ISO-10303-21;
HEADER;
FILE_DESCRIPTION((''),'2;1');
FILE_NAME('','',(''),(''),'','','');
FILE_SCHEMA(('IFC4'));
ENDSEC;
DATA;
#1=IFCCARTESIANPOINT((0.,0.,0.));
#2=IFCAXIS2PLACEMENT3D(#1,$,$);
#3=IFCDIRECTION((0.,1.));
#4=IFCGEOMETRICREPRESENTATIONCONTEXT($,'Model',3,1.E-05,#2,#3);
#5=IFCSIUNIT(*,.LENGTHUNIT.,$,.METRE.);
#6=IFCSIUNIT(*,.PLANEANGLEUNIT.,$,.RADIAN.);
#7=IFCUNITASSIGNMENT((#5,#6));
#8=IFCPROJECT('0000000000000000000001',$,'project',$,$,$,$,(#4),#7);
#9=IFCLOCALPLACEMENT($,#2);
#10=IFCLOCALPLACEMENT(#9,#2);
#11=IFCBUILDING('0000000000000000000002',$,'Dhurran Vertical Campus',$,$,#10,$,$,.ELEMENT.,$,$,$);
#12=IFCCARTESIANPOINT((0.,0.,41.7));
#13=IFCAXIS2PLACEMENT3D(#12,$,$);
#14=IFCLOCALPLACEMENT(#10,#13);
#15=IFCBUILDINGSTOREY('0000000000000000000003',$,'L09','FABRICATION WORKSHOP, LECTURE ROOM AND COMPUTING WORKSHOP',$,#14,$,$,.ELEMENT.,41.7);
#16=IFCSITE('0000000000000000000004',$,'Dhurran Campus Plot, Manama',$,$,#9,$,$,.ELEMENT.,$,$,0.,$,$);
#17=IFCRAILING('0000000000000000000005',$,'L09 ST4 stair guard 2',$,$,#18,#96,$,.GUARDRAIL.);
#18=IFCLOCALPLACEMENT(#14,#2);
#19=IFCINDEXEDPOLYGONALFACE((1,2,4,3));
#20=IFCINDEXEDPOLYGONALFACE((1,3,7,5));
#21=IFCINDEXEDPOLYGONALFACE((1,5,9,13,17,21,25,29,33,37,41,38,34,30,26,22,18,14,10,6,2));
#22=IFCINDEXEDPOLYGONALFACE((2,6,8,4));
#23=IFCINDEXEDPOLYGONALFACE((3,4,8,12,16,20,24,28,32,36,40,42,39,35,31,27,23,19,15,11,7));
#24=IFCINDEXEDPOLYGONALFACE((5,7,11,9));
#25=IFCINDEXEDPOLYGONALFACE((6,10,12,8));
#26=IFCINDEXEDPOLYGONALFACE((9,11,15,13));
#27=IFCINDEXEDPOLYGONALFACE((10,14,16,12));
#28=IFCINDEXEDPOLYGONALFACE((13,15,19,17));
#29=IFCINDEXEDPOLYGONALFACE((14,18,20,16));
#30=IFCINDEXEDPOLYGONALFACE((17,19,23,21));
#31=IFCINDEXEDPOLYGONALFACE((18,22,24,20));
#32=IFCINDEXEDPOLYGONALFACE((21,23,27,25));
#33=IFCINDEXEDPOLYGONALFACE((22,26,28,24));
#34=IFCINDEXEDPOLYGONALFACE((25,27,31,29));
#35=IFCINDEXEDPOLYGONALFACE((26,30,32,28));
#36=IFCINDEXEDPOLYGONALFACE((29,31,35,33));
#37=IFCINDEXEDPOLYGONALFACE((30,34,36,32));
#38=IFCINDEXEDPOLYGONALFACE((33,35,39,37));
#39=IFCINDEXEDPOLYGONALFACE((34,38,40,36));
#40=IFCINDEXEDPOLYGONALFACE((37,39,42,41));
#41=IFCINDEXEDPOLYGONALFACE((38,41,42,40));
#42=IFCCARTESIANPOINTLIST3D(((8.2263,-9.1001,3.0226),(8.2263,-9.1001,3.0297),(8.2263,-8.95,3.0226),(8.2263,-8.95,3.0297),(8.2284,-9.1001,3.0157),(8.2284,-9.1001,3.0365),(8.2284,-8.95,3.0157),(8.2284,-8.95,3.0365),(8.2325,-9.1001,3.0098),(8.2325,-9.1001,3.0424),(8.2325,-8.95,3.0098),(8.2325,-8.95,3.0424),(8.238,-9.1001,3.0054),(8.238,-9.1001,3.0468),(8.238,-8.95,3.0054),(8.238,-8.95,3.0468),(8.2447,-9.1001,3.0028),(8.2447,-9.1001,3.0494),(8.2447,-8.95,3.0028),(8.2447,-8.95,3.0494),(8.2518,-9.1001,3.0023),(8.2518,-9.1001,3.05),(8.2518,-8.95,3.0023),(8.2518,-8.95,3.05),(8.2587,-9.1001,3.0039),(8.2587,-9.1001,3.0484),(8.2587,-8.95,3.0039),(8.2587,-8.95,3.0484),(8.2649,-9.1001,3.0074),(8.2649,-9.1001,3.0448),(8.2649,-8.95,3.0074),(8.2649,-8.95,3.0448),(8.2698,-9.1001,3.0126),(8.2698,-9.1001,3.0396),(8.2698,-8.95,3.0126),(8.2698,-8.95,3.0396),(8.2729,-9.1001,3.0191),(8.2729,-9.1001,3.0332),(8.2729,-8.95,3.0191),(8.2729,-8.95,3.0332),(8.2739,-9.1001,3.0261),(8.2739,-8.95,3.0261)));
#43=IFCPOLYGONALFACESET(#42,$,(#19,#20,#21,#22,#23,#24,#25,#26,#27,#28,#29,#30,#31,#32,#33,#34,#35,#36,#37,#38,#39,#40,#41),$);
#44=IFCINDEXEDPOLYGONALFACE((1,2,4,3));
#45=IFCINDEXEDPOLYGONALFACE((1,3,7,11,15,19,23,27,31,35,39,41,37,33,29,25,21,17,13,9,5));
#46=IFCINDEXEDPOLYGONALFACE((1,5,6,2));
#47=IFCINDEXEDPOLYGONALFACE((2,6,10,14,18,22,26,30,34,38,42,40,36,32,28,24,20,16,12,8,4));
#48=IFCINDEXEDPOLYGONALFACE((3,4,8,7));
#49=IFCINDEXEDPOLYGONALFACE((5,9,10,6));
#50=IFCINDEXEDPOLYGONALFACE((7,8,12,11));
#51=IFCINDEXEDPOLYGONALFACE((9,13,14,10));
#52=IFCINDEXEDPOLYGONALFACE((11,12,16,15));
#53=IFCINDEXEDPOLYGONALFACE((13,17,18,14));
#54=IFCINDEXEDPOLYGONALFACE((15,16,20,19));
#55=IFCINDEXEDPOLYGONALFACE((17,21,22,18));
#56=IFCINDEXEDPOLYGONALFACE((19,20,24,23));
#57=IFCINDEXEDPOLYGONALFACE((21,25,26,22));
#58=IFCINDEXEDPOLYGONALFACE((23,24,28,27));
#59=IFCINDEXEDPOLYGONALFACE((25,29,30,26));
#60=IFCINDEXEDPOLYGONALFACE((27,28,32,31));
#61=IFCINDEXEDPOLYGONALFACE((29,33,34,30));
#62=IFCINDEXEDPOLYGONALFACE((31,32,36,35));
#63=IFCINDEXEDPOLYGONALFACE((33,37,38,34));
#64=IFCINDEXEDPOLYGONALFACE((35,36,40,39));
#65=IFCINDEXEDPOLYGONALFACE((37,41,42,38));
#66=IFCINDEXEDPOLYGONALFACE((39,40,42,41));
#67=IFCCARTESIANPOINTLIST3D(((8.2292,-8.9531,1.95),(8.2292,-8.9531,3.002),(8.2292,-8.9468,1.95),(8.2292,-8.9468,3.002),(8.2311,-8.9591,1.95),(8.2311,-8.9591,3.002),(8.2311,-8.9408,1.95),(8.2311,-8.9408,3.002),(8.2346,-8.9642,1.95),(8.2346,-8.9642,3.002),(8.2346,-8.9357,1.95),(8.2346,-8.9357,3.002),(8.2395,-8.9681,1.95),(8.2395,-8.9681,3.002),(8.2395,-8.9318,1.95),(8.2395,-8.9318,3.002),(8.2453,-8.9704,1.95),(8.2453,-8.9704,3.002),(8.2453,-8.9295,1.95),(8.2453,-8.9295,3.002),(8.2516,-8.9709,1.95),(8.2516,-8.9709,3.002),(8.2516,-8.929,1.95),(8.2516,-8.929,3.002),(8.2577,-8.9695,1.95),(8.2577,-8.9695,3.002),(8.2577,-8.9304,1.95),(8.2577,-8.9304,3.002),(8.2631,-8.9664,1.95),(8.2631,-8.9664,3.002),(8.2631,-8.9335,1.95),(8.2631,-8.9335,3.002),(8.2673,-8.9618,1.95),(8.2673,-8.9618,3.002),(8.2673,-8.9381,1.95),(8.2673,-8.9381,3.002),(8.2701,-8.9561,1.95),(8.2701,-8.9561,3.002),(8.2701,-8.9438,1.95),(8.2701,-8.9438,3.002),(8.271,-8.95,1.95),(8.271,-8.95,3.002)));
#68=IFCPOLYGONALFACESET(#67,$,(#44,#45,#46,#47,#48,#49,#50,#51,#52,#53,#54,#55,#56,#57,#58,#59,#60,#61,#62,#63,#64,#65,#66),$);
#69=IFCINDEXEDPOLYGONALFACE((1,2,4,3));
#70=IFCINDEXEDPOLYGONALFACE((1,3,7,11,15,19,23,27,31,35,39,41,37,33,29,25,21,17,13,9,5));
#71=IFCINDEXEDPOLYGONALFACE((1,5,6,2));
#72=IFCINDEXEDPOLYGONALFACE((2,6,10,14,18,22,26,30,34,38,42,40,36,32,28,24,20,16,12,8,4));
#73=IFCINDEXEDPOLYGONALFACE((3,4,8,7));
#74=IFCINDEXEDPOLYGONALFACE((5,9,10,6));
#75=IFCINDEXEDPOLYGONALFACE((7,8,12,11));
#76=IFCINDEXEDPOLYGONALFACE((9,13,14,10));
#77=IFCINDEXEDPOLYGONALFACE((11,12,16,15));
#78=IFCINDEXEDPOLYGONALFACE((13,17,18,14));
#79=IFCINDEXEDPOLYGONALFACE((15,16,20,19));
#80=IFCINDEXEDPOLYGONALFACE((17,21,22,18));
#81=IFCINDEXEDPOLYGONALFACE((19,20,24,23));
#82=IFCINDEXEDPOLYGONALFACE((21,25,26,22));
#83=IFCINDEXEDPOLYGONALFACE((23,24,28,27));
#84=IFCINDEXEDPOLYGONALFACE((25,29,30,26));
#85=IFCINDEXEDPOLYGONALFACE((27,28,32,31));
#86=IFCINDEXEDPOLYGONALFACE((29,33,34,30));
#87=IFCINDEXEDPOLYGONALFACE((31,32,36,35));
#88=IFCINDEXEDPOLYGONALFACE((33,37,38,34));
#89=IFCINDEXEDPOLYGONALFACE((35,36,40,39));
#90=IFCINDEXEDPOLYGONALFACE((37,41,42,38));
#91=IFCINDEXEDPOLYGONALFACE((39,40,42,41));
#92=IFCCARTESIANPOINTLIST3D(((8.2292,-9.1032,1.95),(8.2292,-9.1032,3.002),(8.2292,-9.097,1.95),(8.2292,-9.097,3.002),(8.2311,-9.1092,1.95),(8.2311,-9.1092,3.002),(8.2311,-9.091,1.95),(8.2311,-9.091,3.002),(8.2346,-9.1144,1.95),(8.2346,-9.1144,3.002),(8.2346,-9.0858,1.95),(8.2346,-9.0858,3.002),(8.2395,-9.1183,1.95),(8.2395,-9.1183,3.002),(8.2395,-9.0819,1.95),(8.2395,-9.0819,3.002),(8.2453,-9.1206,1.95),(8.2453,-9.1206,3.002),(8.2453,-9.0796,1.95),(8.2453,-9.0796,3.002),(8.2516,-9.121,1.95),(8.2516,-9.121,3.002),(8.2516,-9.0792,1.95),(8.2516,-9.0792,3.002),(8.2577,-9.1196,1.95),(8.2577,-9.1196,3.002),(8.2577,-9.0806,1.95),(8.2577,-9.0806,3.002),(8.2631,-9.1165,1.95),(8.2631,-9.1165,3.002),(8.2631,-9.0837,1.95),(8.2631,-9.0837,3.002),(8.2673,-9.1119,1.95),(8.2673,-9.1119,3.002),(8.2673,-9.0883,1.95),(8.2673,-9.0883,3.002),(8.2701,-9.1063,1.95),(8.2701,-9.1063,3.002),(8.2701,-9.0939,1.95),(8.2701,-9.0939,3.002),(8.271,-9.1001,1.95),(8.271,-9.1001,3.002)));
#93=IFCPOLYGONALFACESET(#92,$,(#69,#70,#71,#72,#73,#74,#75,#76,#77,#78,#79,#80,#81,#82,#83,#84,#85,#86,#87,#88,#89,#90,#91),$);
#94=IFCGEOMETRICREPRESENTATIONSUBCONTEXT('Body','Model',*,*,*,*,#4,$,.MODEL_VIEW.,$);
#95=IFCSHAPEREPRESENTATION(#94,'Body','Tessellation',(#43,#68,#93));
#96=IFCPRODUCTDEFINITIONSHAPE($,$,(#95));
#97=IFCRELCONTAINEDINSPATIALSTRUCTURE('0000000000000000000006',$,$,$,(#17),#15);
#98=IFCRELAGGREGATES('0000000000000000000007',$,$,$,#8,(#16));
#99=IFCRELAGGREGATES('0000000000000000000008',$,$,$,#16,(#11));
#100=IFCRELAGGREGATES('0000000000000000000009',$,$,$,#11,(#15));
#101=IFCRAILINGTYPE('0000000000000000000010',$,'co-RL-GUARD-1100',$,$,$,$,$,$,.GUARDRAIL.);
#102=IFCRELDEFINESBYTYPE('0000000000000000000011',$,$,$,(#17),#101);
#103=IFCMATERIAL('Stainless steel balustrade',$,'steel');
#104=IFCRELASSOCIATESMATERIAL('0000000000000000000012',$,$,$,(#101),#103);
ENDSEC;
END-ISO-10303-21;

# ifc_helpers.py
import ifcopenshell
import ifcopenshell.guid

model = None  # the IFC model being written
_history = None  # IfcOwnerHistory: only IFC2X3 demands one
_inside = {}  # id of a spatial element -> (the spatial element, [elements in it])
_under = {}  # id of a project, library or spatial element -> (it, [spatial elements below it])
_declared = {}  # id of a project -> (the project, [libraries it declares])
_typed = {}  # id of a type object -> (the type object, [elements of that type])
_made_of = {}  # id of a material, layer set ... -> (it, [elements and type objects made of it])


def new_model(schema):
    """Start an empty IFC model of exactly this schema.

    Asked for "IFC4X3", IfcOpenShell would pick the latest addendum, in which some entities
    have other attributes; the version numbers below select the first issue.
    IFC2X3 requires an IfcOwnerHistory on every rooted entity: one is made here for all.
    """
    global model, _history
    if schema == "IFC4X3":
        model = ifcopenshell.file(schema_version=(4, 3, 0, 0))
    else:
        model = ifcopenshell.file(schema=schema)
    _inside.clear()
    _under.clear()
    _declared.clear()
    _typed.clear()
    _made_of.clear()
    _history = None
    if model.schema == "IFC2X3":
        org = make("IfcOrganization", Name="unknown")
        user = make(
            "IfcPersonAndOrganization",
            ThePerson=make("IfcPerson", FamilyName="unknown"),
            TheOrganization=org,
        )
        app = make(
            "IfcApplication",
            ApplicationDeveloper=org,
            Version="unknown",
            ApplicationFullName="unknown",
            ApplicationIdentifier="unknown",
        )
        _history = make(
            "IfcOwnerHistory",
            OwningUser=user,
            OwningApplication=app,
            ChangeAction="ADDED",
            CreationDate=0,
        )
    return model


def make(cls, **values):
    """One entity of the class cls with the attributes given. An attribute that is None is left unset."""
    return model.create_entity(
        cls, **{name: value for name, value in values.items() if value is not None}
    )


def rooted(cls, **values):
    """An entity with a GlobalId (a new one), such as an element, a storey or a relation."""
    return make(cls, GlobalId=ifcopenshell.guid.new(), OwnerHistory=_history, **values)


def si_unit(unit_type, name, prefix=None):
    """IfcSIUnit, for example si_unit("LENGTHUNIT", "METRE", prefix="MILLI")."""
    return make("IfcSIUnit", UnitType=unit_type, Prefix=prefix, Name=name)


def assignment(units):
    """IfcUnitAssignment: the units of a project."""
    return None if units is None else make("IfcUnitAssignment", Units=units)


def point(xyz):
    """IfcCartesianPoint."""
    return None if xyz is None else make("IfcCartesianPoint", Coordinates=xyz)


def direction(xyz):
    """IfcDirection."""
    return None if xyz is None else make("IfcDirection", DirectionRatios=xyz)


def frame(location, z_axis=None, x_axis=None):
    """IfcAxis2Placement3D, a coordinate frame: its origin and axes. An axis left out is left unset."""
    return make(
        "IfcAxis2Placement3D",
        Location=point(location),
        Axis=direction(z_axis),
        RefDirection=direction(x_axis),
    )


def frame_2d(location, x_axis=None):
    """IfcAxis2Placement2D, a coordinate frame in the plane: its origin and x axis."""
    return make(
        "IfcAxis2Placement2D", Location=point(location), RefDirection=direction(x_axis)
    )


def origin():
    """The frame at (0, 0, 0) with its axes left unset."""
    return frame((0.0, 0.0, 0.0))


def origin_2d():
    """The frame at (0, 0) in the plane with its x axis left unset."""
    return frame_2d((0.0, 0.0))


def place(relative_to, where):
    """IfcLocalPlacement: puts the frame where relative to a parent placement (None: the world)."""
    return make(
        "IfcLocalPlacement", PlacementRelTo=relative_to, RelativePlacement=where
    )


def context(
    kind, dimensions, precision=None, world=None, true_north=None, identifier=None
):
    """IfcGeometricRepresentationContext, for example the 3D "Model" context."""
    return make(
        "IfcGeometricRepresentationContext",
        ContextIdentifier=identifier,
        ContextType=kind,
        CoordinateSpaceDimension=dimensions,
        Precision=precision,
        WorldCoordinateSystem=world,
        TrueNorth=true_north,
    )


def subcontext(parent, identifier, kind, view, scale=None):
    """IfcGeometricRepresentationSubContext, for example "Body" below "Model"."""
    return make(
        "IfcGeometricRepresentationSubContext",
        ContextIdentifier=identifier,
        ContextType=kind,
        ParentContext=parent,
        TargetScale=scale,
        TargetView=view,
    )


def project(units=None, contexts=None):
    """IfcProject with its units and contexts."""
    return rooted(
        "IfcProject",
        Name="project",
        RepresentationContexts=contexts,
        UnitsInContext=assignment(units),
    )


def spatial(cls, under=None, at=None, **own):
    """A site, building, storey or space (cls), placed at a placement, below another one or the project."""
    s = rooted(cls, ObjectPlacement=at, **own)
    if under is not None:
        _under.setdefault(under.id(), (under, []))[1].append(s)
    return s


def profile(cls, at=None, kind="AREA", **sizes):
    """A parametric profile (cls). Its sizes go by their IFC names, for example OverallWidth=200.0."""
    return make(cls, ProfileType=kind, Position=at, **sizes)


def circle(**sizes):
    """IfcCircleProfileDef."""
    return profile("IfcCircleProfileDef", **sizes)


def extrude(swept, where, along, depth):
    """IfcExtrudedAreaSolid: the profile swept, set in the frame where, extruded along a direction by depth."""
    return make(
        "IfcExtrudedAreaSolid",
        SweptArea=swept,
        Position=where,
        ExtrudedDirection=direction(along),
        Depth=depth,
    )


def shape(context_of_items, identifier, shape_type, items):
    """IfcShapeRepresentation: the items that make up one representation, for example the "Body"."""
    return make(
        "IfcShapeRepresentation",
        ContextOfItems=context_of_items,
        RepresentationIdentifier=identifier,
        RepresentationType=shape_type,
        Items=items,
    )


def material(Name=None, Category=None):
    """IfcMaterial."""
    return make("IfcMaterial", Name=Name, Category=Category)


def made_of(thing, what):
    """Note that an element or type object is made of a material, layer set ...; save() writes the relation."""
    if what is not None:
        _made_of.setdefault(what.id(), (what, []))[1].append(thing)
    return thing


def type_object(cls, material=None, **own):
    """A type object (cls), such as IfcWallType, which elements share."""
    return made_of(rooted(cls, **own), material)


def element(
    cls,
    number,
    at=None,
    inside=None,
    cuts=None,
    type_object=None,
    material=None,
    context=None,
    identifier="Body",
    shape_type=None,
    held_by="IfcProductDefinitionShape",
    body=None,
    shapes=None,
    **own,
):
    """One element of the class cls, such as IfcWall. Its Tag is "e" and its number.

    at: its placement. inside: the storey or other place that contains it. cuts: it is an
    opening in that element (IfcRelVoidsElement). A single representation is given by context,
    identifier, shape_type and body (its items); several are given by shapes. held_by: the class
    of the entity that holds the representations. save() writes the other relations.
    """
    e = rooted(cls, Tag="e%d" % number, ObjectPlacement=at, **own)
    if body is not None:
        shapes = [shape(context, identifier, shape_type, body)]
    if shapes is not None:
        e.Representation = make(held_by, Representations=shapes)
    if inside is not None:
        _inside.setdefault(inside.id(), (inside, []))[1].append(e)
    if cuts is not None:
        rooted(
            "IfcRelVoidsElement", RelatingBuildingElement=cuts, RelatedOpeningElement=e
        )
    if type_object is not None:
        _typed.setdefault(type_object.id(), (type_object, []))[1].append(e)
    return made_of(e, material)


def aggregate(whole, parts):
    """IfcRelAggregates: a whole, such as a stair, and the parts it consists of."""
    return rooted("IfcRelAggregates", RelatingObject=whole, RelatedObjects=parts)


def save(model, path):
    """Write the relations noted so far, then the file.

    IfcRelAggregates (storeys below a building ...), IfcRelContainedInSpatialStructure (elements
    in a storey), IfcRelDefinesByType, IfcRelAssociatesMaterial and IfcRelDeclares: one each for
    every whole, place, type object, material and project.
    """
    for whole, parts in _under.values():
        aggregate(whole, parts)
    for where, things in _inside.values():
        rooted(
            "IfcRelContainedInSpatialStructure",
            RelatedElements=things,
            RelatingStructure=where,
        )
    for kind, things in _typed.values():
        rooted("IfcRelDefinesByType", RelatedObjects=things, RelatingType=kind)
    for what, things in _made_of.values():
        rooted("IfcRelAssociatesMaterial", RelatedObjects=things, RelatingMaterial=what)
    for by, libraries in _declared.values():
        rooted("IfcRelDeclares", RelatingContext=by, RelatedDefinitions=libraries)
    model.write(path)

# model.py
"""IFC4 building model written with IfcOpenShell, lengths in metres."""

from ifc_helpers import new_model, si_unit, direction, frame, origin, origin_2d, place, context, subcontext, project, spatial, circle, extrude, material, type_object, element, save


model = new_model("IFC4")

# Units and contexts
model_context = context("Model", 3, precision=1e-05, world=origin(), true_north=direction((0.0, 1.0)))
body_context = subcontext(model_context, "Body", "Model", "MODEL_VIEW")
ifc_project = project(units=[si_unit("LENGTHUNIT", "METRE"), si_unit("PLANEANGLEUNIT", "RADIAN")], contexts=[model_context])

# Site, building, storey
site_placement = place(None, origin())
site = spatial("IfcSite", under=ifc_project, at=site_placement, Name="Dhurran Campus Plot, Manama", CompositionType="ELEMENT", RefElevation=0.0)
building_placement = place(site_placement, origin())
building = spatial("IfcBuilding", under=site, at=building_placement, Name="Dhurran Vertical Campus", CompositionType="ELEMENT")
storey_placement = place(building_placement, frame((0.0, 0.0, 41.7)))
storey = spatial("IfcBuildingStorey", under=building, at=storey_placement, Name="L09", Description="FABRICATION WORKSHOP, LECTURE ROOM AND COMPUTING WORKSHOP", CompositionType="ELEMENT", Elevation=41.7)

# Railing
ifc_material_1 = material(Name="Stainless steel balustrade", Category="steel")
railing_type_1 = type_object("IfcRailingType", Name="co-RL-GUARD-1100", PredefinedType="GUARDRAIL", material=ifc_material_1)
railing_1_placement = place(storey_placement, frame((8.25, -8.95, 1.95)))
element("IfcRailing", 1, at=railing_1_placement, inside=storey, type_object=railing_type_1, Name="L09 ST4 stair guard 2", PredefinedType="GUARDRAIL", context=body_context, shape_type="SweptSolid", body=[
    extrude(circle(Radius=0.0239, at=origin_2d()), frame((0.0, 0.0, 1.0762), z_axis=(0.0, -1.0, 0.0), x_axis=(1.0, 0.0, 0.0)), (0.0, 0.0, 1.0), 0.1501),
    extrude(circle(Radius=0.021, at=origin_2d()), origin(), (0.0, 0.0, 1.0), 1.052),
    extrude(circle(Radius=0.021, at=origin_2d()), frame((0.0, -0.1501, 0.0)), (0.0, 0.0, 1.0), 1.052),
])

save(model, "model.ifc")
